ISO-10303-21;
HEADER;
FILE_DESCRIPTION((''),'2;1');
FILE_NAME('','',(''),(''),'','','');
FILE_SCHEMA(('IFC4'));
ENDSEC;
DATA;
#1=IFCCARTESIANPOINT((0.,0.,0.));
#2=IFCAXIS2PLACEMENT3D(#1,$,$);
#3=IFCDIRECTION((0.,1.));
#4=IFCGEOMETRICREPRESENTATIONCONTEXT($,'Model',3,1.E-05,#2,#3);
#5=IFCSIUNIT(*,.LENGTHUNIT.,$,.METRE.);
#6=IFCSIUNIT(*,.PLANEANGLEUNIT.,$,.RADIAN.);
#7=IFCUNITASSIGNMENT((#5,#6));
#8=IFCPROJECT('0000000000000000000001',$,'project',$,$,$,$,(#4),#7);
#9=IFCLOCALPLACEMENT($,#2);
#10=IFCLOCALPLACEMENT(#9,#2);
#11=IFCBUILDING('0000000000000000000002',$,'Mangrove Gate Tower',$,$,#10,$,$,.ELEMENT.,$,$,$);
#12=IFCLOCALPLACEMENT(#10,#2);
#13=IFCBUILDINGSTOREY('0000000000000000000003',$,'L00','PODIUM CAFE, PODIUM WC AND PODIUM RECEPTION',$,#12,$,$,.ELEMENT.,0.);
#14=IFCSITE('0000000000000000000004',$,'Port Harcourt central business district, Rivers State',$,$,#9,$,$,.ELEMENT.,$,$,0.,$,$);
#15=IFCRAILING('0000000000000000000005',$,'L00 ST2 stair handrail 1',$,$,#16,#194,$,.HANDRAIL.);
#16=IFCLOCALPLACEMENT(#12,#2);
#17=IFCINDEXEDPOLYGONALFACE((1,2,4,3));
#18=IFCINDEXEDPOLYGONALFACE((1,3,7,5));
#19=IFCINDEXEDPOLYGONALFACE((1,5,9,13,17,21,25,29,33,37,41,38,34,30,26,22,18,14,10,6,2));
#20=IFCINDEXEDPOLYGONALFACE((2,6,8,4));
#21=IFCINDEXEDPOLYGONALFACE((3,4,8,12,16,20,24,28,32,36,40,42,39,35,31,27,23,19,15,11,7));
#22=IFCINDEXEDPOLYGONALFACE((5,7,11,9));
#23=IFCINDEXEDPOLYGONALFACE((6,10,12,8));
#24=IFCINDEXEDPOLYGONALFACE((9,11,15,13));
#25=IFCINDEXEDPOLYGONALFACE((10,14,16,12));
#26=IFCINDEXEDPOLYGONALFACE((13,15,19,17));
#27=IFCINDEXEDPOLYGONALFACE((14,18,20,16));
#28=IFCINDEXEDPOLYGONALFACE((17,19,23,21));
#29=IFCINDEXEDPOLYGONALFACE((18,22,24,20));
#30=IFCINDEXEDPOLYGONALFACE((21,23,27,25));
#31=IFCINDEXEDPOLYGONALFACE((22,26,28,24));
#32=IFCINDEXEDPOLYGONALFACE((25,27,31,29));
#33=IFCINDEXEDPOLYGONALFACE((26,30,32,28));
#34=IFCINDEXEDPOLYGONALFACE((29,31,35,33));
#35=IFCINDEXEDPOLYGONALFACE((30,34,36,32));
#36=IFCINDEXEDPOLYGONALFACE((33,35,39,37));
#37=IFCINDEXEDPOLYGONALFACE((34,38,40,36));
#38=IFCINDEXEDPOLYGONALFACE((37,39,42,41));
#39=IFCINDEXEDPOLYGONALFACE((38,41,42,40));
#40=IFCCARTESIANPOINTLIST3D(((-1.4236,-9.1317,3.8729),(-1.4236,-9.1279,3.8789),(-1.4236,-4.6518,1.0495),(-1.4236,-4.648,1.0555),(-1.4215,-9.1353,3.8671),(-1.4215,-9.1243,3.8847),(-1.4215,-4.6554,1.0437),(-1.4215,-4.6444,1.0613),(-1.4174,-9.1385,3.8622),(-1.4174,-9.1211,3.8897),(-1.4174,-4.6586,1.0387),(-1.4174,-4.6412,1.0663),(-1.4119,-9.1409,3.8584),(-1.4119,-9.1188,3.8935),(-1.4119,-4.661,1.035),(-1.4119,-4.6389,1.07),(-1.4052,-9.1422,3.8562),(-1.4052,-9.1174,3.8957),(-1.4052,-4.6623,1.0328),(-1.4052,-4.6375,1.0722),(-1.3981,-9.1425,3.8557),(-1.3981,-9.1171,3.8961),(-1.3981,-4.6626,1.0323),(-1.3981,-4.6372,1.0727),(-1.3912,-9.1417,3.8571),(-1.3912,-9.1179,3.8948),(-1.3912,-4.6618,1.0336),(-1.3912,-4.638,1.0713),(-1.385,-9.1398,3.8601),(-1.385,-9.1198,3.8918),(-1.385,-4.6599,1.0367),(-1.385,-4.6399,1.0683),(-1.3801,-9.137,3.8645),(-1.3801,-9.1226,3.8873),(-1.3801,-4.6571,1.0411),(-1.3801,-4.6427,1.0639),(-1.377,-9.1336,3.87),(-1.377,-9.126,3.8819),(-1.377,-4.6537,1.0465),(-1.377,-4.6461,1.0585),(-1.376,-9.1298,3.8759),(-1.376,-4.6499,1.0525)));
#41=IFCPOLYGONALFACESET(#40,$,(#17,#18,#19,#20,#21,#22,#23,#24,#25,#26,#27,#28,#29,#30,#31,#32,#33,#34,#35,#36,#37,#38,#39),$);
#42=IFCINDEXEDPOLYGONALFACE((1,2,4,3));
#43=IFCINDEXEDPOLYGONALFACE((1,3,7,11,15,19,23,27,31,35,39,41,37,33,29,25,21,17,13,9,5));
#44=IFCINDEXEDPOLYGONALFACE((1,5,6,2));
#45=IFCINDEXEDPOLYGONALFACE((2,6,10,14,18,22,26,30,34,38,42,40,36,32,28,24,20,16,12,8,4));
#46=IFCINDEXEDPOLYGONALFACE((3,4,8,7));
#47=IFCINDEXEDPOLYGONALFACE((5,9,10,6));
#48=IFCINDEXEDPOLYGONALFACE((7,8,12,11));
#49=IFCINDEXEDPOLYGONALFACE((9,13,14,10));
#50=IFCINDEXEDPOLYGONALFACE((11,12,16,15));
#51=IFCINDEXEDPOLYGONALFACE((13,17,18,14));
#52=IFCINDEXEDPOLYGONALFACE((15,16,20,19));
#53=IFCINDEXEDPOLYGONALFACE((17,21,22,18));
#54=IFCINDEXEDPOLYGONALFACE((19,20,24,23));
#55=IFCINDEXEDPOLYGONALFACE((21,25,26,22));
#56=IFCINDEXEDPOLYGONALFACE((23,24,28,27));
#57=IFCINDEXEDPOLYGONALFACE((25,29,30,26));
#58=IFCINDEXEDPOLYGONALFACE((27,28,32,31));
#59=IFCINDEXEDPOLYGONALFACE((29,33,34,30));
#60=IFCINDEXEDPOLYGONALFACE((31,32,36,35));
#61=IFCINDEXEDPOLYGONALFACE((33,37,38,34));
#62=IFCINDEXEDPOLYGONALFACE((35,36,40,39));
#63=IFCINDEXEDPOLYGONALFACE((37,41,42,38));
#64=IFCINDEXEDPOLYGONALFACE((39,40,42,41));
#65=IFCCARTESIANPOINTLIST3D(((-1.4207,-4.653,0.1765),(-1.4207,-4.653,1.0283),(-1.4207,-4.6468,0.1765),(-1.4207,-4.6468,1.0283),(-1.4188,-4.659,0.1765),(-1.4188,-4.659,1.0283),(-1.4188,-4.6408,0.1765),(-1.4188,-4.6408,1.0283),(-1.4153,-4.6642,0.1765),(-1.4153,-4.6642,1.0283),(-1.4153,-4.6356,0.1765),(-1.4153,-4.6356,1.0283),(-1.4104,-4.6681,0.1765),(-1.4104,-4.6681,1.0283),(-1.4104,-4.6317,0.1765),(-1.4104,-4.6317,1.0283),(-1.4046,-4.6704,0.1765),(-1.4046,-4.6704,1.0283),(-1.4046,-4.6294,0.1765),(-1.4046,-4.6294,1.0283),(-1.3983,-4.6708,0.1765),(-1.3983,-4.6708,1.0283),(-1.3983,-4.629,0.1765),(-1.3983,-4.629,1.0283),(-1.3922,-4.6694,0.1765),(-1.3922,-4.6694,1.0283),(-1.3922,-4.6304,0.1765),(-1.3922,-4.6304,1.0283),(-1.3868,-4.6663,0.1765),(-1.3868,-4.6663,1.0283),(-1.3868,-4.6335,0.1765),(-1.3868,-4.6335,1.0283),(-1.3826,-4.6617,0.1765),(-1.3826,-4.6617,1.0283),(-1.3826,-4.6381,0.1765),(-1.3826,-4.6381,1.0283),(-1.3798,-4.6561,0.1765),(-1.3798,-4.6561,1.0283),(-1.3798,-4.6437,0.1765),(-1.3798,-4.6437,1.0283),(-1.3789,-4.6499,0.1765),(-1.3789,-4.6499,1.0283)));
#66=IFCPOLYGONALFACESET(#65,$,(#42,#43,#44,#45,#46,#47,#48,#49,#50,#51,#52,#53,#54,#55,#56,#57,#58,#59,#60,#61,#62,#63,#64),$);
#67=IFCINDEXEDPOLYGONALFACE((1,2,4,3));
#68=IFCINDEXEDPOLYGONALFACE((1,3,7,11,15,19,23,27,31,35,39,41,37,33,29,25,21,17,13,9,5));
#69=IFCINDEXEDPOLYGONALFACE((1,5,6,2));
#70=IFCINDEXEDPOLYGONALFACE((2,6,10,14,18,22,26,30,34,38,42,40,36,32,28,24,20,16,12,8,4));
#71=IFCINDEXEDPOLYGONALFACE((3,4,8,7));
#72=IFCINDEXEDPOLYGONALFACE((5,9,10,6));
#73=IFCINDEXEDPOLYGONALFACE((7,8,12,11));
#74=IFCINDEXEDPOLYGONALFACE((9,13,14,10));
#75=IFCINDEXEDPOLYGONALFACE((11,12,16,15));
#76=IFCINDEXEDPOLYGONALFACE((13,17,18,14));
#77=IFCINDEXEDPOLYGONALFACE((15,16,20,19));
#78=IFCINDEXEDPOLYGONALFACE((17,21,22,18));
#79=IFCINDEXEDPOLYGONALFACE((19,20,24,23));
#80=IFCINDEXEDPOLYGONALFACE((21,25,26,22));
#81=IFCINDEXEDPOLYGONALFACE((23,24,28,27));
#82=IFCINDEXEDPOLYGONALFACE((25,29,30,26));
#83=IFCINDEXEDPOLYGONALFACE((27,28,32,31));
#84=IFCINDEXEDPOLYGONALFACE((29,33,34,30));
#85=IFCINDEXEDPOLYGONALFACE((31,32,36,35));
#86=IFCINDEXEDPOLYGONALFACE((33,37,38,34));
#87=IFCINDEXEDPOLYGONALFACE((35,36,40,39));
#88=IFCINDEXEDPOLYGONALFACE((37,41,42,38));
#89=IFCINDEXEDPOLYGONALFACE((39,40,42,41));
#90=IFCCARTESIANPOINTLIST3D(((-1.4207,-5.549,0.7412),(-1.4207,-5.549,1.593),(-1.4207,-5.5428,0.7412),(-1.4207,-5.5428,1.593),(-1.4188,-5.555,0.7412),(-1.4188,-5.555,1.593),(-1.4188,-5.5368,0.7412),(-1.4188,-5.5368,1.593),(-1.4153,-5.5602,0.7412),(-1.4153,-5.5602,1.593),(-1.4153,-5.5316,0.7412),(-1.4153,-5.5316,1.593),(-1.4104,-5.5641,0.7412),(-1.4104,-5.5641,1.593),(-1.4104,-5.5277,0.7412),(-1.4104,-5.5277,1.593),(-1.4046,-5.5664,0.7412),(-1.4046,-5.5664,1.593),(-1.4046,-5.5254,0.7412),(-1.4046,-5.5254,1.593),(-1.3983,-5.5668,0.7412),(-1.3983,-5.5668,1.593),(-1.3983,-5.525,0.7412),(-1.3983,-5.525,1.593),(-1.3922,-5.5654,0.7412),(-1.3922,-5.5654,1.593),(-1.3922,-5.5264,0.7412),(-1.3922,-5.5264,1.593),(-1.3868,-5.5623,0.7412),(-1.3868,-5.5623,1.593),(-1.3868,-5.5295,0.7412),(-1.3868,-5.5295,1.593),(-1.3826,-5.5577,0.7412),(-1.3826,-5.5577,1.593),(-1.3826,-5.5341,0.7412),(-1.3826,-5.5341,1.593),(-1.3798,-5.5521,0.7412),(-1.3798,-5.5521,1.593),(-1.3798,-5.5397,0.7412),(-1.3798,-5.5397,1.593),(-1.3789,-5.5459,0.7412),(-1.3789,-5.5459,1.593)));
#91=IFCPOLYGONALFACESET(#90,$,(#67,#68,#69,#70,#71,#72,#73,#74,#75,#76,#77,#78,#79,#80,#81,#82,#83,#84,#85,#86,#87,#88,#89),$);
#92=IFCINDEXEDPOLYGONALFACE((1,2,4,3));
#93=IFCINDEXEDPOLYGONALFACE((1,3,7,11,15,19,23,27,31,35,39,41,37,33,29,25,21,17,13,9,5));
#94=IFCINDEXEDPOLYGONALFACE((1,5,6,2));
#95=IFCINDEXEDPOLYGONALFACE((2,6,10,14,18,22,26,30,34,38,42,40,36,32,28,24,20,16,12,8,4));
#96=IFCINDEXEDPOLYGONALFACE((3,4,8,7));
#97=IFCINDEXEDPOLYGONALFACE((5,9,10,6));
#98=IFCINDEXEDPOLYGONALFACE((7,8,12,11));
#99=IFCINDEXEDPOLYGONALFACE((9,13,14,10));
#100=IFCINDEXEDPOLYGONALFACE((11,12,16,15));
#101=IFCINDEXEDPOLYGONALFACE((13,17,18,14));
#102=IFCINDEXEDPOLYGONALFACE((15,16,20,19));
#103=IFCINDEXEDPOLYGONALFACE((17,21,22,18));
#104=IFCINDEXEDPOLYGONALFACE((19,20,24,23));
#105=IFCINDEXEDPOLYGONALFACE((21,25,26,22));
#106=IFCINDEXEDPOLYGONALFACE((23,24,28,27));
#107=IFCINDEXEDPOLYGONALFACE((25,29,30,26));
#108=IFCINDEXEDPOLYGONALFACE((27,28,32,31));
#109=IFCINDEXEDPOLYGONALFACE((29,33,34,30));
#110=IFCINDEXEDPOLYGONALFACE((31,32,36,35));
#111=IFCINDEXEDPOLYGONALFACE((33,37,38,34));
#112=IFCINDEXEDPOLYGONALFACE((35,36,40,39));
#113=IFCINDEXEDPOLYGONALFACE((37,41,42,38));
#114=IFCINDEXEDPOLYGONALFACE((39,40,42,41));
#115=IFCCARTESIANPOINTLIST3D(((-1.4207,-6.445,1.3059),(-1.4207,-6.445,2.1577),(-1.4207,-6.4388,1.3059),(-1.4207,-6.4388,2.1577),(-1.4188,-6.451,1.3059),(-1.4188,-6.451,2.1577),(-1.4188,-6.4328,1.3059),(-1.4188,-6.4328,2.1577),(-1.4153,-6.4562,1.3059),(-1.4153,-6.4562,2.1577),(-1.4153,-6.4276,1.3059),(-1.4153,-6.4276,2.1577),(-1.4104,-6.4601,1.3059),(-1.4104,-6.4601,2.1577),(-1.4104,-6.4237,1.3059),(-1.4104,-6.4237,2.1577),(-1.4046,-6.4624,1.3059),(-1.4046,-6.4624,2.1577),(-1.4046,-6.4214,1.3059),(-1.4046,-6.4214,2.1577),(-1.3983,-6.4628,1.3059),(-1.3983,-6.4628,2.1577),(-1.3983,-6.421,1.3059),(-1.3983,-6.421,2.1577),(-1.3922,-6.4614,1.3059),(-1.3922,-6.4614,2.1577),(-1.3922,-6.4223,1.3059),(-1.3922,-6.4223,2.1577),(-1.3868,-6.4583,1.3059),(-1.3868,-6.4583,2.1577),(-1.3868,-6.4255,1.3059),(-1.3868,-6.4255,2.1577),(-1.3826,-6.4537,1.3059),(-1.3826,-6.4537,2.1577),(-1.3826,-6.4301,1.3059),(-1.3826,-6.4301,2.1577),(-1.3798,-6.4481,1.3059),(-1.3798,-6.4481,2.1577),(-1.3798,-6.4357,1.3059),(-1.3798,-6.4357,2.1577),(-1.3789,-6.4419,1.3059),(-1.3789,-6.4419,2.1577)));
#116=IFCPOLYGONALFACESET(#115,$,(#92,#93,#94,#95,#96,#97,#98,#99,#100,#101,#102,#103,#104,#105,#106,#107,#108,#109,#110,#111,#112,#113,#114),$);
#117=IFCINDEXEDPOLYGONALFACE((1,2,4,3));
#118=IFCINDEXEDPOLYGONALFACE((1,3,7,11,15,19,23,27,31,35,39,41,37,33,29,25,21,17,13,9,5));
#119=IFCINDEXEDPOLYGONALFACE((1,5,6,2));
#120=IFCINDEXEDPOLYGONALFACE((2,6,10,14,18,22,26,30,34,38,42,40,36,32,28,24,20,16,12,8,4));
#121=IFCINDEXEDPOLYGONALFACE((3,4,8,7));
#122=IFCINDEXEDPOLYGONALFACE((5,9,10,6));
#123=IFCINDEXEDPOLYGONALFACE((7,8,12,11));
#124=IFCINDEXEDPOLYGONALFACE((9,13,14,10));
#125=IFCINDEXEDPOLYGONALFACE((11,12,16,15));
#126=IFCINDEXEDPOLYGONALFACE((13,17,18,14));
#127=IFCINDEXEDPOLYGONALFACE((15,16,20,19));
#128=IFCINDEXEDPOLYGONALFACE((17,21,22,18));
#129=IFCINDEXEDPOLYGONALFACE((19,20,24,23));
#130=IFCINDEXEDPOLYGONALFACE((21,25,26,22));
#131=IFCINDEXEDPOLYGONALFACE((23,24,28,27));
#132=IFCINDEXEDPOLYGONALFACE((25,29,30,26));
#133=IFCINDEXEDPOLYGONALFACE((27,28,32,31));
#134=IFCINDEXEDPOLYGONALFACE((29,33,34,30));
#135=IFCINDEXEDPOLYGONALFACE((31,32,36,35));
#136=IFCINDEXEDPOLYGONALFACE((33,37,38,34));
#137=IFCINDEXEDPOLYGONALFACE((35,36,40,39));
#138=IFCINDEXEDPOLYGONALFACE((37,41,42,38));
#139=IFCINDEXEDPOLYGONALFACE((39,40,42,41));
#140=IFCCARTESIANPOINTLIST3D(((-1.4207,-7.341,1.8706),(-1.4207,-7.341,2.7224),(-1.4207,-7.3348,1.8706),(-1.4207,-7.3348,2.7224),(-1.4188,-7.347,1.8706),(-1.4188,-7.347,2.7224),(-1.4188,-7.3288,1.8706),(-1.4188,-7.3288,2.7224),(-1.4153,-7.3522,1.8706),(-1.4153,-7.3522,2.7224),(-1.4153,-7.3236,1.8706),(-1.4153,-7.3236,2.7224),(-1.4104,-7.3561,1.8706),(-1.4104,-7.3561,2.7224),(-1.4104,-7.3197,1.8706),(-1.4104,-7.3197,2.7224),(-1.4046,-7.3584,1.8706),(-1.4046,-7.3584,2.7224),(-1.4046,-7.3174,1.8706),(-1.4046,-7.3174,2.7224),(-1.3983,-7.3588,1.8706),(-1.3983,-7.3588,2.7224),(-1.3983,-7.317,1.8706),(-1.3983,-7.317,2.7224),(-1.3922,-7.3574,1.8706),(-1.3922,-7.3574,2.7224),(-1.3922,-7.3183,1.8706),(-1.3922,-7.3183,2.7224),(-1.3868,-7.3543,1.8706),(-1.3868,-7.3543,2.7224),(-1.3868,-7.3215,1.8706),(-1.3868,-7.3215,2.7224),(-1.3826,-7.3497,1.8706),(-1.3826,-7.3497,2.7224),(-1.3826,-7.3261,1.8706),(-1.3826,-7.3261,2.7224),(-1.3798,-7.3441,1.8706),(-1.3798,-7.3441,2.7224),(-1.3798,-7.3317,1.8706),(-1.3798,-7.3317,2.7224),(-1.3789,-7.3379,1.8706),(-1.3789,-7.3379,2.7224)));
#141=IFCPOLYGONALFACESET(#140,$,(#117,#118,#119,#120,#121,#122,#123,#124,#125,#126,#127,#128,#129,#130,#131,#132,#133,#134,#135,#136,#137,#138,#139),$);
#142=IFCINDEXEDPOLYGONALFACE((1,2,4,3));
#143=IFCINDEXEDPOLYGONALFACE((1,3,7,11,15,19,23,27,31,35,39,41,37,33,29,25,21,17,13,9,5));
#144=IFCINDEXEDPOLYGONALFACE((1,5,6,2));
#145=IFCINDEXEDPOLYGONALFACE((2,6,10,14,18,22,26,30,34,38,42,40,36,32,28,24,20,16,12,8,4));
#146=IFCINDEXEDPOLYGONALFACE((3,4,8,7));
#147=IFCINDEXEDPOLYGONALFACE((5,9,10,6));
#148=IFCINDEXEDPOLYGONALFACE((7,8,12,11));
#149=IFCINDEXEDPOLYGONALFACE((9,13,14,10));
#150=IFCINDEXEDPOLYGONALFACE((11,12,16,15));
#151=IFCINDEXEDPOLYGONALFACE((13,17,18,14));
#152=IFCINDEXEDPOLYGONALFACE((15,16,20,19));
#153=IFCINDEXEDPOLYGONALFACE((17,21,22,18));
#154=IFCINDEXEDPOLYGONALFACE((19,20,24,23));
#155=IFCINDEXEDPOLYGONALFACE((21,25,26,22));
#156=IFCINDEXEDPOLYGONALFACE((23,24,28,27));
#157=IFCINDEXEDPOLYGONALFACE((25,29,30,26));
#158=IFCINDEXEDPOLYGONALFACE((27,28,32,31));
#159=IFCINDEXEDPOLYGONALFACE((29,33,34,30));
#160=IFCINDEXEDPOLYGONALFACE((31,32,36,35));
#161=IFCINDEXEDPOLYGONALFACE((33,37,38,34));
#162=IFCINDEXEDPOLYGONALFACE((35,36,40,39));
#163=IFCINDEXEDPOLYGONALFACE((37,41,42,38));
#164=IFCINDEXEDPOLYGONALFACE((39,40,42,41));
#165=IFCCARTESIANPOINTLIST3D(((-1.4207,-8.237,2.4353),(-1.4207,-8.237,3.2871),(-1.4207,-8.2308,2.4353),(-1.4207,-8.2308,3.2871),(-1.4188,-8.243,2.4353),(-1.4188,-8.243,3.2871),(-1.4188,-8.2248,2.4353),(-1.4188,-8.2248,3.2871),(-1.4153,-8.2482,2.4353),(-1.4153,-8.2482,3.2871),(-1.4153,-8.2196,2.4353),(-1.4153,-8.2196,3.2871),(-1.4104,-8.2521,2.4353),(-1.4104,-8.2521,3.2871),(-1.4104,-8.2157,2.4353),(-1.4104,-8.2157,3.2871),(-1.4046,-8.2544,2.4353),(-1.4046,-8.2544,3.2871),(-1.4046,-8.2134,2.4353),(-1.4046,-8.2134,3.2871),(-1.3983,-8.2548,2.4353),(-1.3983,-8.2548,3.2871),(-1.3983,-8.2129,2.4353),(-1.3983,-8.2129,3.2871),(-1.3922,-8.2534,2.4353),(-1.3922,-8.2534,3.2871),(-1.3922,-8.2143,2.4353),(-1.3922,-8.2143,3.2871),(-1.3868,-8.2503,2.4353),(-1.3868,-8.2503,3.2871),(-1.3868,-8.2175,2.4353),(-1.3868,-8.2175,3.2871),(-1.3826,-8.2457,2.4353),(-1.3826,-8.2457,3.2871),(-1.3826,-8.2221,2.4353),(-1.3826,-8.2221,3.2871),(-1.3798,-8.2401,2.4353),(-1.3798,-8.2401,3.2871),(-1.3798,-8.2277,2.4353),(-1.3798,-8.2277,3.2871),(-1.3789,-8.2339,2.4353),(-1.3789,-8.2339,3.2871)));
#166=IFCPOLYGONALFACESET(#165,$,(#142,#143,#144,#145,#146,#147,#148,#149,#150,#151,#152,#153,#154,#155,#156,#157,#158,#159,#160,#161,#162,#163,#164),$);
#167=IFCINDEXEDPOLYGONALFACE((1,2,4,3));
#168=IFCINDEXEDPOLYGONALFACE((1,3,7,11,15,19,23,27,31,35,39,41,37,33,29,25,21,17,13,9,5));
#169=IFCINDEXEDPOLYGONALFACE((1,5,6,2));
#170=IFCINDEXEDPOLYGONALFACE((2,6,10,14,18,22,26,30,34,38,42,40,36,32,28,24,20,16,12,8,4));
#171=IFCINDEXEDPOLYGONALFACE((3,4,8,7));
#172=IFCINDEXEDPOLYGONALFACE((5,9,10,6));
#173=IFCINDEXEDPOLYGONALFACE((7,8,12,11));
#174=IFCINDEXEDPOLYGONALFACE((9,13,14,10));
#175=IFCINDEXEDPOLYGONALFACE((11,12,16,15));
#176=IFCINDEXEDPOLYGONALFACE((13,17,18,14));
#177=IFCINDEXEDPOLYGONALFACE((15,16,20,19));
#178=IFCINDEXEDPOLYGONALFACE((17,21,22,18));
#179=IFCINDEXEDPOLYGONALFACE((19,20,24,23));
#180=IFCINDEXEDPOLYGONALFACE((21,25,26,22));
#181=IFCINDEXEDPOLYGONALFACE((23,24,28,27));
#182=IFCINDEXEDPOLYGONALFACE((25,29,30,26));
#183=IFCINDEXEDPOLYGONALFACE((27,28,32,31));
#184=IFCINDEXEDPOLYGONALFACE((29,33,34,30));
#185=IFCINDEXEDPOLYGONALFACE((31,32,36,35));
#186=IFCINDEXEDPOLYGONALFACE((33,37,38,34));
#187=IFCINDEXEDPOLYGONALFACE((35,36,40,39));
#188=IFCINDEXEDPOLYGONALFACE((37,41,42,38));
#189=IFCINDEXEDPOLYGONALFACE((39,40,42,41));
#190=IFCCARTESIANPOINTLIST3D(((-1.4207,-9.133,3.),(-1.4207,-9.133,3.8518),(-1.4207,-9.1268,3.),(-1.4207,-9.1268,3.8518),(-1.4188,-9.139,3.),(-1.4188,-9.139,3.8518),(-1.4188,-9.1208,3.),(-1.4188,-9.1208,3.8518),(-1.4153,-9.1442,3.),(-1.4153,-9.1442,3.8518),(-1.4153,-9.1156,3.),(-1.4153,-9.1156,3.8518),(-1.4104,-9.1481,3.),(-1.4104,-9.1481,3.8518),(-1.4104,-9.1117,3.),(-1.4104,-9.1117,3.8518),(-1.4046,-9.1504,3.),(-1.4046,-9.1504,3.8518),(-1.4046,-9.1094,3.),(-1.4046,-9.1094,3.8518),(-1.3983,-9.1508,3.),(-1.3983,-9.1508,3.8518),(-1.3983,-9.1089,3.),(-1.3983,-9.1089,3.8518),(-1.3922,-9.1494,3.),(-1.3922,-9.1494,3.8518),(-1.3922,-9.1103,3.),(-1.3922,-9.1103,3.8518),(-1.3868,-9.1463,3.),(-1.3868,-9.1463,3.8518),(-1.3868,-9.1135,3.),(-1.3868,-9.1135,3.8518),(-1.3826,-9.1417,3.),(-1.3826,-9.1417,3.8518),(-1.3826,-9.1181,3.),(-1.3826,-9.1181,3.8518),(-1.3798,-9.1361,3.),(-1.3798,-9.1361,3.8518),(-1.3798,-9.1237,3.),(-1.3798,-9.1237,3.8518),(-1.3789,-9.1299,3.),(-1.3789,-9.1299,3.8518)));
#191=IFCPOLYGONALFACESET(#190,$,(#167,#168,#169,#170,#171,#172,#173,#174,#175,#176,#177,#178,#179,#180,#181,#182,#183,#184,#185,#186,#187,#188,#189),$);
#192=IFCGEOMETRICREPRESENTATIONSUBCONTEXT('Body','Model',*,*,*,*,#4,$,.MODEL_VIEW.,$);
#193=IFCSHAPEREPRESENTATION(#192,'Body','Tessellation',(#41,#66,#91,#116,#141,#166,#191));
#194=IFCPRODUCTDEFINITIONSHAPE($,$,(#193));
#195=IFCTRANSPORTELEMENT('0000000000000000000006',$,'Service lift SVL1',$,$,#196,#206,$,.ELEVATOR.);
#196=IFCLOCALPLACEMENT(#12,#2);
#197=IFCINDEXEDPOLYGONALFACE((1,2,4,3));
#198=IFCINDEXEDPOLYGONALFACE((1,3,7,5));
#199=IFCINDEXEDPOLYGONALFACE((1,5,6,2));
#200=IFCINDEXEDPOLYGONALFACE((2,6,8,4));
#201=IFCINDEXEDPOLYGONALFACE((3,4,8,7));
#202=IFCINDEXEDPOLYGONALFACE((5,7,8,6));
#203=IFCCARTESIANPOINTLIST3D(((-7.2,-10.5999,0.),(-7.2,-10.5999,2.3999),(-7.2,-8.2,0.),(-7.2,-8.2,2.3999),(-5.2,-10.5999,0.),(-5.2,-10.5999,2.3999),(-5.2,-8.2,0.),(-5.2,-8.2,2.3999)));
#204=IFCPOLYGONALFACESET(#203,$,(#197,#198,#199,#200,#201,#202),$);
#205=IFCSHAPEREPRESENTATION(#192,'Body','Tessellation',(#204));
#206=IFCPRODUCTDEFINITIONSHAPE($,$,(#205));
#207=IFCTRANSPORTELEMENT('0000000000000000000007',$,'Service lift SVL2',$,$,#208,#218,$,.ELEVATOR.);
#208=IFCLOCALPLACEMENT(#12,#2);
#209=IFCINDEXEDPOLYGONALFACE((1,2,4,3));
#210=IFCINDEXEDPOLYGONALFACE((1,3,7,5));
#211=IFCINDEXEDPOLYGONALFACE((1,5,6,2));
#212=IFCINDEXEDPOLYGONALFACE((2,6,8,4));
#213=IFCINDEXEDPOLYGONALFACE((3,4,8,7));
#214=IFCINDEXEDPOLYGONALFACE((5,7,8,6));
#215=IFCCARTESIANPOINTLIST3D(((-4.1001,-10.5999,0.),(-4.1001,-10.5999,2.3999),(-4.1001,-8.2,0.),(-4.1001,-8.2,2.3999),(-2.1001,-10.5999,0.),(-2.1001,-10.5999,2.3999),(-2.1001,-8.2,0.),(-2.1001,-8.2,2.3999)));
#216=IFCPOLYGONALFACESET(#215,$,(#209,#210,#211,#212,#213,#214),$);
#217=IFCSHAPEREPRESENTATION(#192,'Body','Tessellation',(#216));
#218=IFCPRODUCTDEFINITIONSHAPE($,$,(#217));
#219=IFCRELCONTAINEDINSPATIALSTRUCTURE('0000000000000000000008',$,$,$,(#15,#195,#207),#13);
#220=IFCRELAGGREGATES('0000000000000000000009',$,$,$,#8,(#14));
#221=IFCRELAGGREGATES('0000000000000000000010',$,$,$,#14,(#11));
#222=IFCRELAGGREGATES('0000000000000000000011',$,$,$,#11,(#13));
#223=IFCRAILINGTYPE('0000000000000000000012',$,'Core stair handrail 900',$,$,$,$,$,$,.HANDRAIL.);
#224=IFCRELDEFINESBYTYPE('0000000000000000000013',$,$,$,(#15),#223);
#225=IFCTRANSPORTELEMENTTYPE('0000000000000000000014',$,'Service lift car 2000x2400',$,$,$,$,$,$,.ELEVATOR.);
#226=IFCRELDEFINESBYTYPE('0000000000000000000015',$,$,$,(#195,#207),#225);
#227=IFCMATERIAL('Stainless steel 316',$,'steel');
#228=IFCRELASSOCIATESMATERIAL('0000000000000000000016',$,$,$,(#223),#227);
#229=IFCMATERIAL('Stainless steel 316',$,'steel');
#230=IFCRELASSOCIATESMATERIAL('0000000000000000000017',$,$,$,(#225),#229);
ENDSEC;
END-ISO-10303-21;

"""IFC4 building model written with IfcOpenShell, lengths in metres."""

from ifc_helpers import new_model, si_unit, direction, frame, origin, origin_2d, place, context, subcontext, project, spatial, rectangle, circle, extrude, material, type_object, element, save


model = new_model("IFC4")

# Units and contexts
model_context = context("Model", 3, precision=1e-05, world=origin(), true_north=direction((0.0, 1.0)))
body_context = subcontext(model_context, "Body", "Model", "MODEL_VIEW")
ifc_project = project(units=[si_unit("LENGTHUNIT", "METRE"), si_unit("PLANEANGLEUNIT", "RADIAN")], contexts=[model_context])

# Site, building, storey
site_placement = place(None, origin())
site = spatial("IfcSite", under=ifc_project, at=site_placement, Name="Port Harcourt central business district, Rivers State", CompositionType="ELEMENT", RefElevation=0.0)
building_placement = place(site_placement, origin())
building = spatial("IfcBuilding", under=site, at=building_placement, Name="Mangrove Gate Tower", CompositionType="ELEMENT")
storey_placement = place(building_placement, origin())
storey = spatial("IfcBuildingStorey", under=building, at=storey_placement, Name="L00", Description="PODIUM CAFE, PODIUM WC AND PODIUM RECEPTION", CompositionType="ELEMENT", Elevation=0.0)

# Railing
ifc_material_1 = material(Name="Stainless steel 316", Category="steel")
railing_type_1 = type_object("IfcRailingType", Name="Core stair handrail 900", PredefinedType="HANDRAIL", material=ifc_material_1)
railing_1_placement = place(storey_placement, frame((-1.3999, -4.6499, 0.1765)))
element("IfcRailing", 1, at=railing_1_placement, inside=storey, type_object=railing_type_1, Name="L00 ST2 stair handrail 1", PredefinedType="HANDRAIL", context=body_context, shape_type="SweptSolid", body=[
    extrude(circle(Radius=0.0239, at=origin_2d()), frame((0.0, 0.0, 0.876), z_axis=(0.0, -0.845998, 0.533186), x_axis=(1.0, 0.0, 0.0)), (0.0, 0.0, 1.0), 5.2954),
    extrude(circle(Radius=0.021, at=origin_2d()), origin(), (0.0, 0.0, 1.0), 0.8518),
    extrude(circle(Radius=0.021, at=origin_2d()), frame((0.0, -0.896, 0.5647)), (0.0, 0.0, 1.0), 0.8518),
    extrude(circle(Radius=0.021, at=origin_2d()), frame((0.0, -1.792, 1.1294)), (0.0, 0.0, 1.0), 0.8518),
    extrude(circle(Radius=0.021, at=origin_2d()), frame((0.0, -2.688, 1.6941)), (0.0, 0.0, 1.0), 0.8518),
    extrude(circle(Radius=0.021, at=origin_2d()), frame((0.0, -3.584, 2.2588)), (0.0, 0.0, 1.0), 0.8518),
    extrude(circle(Radius=0.021, at=origin_2d()), frame((0.0, -4.48, 2.8235)), (0.0, 0.0, 1.0), 0.8518),
])

# Transport elements
ifc_material_2 = material(Name="Stainless steel 316", Category="steel")
transport_element_type = type_object("IfcTransportElementType", Name="Service lift car 2000x2400", PredefinedType="ELEVATOR", material=ifc_material_2)
for number, where, z_axis, x_axis, name in (
    (2, (-6.2, -9.3999, 0.0), (0.0, 0.0, 1.0), (1.0, 0.0, 0.0), "Service lift SVL1"),
    (3, (-3.1001, -9.3999, 0.0), (0.0, 0.0, 1.0), (1.0, 0.0, 0.0), "Service lift SVL2"),
):
    element("IfcTransportElement", number, at=place(storey_placement, frame(where, z_axis=z_axis, x_axis=x_axis)), inside=storey, type_object=transport_element_type, Name=name, PredefinedType="ELEVATOR", context=body_context, shape_type="SweptSolid", body=[
        extrude(rectangle(XDim=2.0, YDim=2.3999, at=origin_2d()), origin(), (0.0, 0.0, 1.0), 2.3999),
    ])

save(model, "model.ifc")
